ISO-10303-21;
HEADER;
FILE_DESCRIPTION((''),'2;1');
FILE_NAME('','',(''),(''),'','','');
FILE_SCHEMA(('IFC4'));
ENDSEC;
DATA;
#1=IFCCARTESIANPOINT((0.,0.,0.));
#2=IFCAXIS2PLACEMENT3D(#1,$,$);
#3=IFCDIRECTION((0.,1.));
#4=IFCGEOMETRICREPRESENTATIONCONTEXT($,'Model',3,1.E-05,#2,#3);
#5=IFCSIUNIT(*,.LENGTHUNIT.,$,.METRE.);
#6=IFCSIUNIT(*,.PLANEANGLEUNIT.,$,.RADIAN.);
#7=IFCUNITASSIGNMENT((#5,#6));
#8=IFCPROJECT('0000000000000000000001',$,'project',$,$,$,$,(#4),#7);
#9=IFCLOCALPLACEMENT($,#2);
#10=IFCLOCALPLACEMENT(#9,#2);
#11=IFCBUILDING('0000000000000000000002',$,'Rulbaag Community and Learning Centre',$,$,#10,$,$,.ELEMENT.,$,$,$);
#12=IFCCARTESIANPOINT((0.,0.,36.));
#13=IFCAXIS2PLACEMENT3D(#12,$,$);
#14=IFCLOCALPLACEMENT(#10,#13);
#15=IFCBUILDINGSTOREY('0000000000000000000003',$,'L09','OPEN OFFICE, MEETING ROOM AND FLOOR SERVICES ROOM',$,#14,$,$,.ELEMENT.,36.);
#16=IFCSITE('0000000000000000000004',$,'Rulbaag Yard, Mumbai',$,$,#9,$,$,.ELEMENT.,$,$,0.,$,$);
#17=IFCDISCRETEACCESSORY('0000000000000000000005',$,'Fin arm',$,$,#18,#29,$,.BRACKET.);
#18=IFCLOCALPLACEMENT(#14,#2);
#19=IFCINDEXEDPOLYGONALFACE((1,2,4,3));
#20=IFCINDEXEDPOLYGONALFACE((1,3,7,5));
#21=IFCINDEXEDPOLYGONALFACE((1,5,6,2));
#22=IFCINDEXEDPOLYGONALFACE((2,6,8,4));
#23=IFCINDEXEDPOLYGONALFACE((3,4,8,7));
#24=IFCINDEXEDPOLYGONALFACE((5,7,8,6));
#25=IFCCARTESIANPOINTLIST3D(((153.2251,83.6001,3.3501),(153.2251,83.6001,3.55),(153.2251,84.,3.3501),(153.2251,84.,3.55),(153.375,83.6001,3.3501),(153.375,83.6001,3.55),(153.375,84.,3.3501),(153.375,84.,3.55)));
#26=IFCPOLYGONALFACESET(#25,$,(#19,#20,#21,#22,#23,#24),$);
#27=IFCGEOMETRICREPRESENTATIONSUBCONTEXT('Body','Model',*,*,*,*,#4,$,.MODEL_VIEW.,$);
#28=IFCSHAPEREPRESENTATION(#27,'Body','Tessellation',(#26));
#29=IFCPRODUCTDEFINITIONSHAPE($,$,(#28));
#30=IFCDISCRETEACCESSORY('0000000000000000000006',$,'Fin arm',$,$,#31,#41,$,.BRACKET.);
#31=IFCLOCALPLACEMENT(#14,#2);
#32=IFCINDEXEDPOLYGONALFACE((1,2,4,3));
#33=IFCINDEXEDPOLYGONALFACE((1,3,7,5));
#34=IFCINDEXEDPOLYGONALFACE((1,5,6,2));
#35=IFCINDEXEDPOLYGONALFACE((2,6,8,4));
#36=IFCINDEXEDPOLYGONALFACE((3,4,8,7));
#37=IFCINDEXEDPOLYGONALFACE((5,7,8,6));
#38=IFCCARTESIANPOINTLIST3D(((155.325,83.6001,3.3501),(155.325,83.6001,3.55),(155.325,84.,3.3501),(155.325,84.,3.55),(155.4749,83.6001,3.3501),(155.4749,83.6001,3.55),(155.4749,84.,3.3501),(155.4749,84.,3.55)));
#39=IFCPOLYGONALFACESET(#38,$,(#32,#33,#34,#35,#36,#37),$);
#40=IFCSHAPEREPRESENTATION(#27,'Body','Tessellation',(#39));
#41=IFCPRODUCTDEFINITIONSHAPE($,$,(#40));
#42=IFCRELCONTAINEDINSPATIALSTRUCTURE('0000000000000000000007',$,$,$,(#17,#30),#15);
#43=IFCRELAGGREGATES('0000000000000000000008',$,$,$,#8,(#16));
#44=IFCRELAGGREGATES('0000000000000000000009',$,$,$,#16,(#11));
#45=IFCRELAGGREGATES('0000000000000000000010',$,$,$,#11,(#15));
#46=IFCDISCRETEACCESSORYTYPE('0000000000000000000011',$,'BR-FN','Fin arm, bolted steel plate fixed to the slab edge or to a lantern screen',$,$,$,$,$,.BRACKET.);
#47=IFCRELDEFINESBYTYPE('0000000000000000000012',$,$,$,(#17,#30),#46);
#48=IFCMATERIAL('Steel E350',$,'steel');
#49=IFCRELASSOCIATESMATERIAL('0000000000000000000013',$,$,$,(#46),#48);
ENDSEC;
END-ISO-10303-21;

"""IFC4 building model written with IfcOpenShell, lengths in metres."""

from ifc_helpers import new_model, si_unit, direction, frame, origin, origin_2d, place, context, subcontext, project, spatial, rectangle, extrude, material, type_object, element, save


model = new_model("IFC4")

# Units and contexts
model_context = context("Model", 3, precision=1e-05, world=origin(), true_north=direction((0.0, 1.0)))
body_context = subcontext(model_context, "Body", "Model", "MODEL_VIEW")
ifc_project = project(units=[si_unit("LENGTHUNIT", "METRE"), si_unit("PLANEANGLEUNIT", "RADIAN")], contexts=[model_context])

# Site, building, storey
site_placement = place(None, origin())
site = spatial("IfcSite", under=ifc_project, at=site_placement, Name="Rulbaag Yard, Mumbai", CompositionType="ELEMENT", RefElevation=0.0)
building_placement = place(site_placement, origin())
building = spatial("IfcBuilding", under=site, at=building_placement, Name="Rulbaag Community and Learning Centre", CompositionType="ELEMENT")
storey_placement = place(building_placement, frame((0.0, 0.0, 36.0)))
storey = spatial("IfcBuildingStorey", under=building, at=storey_placement, Name="L09", Description="OPEN OFFICE, MEETING ROOM AND FLOOR SERVICES ROOM", CompositionType="ELEMENT", Elevation=36.0)

# Discrete accessories
ifc_material_1 = material(Name="Steel E350", Category="steel")
discrete_accessory_type = type_object("IfcDiscreteAccessoryType", Name="BR-FN", Description="Fin arm, bolted steel plate fixed to the slab edge or to a lantern screen", PredefinedType="BRACKET", material=ifc_material_1)
for number, where, z_axis, x_axis, name in (
    (1, (153.3, 83.8, 3.3501), (0.0, 0.0, 1.0), (1.0, 0.0, 0.0), "Fin arm"),
    (2, (155.3999, 83.8, 3.3501), (0.0, 0.0, 1.0), (1.0, 0.0, 0.0), "Fin arm"),
):
    element("IfcDiscreteAccessory", number, at=place(storey_placement, frame(where, z_axis=z_axis, x_axis=x_axis)), inside=storey, type_object=discrete_accessory_type, Name=name, PredefinedType="BRACKET", context=body_context, shape_type="SweptSolid", body=[
        extrude(rectangle(XDim=0.1499, YDim=0.3999, at=origin_2d()), origin(), (0.0, 0.0, 1.0), 0.2),
    ])

save(model, "model.ifc")
